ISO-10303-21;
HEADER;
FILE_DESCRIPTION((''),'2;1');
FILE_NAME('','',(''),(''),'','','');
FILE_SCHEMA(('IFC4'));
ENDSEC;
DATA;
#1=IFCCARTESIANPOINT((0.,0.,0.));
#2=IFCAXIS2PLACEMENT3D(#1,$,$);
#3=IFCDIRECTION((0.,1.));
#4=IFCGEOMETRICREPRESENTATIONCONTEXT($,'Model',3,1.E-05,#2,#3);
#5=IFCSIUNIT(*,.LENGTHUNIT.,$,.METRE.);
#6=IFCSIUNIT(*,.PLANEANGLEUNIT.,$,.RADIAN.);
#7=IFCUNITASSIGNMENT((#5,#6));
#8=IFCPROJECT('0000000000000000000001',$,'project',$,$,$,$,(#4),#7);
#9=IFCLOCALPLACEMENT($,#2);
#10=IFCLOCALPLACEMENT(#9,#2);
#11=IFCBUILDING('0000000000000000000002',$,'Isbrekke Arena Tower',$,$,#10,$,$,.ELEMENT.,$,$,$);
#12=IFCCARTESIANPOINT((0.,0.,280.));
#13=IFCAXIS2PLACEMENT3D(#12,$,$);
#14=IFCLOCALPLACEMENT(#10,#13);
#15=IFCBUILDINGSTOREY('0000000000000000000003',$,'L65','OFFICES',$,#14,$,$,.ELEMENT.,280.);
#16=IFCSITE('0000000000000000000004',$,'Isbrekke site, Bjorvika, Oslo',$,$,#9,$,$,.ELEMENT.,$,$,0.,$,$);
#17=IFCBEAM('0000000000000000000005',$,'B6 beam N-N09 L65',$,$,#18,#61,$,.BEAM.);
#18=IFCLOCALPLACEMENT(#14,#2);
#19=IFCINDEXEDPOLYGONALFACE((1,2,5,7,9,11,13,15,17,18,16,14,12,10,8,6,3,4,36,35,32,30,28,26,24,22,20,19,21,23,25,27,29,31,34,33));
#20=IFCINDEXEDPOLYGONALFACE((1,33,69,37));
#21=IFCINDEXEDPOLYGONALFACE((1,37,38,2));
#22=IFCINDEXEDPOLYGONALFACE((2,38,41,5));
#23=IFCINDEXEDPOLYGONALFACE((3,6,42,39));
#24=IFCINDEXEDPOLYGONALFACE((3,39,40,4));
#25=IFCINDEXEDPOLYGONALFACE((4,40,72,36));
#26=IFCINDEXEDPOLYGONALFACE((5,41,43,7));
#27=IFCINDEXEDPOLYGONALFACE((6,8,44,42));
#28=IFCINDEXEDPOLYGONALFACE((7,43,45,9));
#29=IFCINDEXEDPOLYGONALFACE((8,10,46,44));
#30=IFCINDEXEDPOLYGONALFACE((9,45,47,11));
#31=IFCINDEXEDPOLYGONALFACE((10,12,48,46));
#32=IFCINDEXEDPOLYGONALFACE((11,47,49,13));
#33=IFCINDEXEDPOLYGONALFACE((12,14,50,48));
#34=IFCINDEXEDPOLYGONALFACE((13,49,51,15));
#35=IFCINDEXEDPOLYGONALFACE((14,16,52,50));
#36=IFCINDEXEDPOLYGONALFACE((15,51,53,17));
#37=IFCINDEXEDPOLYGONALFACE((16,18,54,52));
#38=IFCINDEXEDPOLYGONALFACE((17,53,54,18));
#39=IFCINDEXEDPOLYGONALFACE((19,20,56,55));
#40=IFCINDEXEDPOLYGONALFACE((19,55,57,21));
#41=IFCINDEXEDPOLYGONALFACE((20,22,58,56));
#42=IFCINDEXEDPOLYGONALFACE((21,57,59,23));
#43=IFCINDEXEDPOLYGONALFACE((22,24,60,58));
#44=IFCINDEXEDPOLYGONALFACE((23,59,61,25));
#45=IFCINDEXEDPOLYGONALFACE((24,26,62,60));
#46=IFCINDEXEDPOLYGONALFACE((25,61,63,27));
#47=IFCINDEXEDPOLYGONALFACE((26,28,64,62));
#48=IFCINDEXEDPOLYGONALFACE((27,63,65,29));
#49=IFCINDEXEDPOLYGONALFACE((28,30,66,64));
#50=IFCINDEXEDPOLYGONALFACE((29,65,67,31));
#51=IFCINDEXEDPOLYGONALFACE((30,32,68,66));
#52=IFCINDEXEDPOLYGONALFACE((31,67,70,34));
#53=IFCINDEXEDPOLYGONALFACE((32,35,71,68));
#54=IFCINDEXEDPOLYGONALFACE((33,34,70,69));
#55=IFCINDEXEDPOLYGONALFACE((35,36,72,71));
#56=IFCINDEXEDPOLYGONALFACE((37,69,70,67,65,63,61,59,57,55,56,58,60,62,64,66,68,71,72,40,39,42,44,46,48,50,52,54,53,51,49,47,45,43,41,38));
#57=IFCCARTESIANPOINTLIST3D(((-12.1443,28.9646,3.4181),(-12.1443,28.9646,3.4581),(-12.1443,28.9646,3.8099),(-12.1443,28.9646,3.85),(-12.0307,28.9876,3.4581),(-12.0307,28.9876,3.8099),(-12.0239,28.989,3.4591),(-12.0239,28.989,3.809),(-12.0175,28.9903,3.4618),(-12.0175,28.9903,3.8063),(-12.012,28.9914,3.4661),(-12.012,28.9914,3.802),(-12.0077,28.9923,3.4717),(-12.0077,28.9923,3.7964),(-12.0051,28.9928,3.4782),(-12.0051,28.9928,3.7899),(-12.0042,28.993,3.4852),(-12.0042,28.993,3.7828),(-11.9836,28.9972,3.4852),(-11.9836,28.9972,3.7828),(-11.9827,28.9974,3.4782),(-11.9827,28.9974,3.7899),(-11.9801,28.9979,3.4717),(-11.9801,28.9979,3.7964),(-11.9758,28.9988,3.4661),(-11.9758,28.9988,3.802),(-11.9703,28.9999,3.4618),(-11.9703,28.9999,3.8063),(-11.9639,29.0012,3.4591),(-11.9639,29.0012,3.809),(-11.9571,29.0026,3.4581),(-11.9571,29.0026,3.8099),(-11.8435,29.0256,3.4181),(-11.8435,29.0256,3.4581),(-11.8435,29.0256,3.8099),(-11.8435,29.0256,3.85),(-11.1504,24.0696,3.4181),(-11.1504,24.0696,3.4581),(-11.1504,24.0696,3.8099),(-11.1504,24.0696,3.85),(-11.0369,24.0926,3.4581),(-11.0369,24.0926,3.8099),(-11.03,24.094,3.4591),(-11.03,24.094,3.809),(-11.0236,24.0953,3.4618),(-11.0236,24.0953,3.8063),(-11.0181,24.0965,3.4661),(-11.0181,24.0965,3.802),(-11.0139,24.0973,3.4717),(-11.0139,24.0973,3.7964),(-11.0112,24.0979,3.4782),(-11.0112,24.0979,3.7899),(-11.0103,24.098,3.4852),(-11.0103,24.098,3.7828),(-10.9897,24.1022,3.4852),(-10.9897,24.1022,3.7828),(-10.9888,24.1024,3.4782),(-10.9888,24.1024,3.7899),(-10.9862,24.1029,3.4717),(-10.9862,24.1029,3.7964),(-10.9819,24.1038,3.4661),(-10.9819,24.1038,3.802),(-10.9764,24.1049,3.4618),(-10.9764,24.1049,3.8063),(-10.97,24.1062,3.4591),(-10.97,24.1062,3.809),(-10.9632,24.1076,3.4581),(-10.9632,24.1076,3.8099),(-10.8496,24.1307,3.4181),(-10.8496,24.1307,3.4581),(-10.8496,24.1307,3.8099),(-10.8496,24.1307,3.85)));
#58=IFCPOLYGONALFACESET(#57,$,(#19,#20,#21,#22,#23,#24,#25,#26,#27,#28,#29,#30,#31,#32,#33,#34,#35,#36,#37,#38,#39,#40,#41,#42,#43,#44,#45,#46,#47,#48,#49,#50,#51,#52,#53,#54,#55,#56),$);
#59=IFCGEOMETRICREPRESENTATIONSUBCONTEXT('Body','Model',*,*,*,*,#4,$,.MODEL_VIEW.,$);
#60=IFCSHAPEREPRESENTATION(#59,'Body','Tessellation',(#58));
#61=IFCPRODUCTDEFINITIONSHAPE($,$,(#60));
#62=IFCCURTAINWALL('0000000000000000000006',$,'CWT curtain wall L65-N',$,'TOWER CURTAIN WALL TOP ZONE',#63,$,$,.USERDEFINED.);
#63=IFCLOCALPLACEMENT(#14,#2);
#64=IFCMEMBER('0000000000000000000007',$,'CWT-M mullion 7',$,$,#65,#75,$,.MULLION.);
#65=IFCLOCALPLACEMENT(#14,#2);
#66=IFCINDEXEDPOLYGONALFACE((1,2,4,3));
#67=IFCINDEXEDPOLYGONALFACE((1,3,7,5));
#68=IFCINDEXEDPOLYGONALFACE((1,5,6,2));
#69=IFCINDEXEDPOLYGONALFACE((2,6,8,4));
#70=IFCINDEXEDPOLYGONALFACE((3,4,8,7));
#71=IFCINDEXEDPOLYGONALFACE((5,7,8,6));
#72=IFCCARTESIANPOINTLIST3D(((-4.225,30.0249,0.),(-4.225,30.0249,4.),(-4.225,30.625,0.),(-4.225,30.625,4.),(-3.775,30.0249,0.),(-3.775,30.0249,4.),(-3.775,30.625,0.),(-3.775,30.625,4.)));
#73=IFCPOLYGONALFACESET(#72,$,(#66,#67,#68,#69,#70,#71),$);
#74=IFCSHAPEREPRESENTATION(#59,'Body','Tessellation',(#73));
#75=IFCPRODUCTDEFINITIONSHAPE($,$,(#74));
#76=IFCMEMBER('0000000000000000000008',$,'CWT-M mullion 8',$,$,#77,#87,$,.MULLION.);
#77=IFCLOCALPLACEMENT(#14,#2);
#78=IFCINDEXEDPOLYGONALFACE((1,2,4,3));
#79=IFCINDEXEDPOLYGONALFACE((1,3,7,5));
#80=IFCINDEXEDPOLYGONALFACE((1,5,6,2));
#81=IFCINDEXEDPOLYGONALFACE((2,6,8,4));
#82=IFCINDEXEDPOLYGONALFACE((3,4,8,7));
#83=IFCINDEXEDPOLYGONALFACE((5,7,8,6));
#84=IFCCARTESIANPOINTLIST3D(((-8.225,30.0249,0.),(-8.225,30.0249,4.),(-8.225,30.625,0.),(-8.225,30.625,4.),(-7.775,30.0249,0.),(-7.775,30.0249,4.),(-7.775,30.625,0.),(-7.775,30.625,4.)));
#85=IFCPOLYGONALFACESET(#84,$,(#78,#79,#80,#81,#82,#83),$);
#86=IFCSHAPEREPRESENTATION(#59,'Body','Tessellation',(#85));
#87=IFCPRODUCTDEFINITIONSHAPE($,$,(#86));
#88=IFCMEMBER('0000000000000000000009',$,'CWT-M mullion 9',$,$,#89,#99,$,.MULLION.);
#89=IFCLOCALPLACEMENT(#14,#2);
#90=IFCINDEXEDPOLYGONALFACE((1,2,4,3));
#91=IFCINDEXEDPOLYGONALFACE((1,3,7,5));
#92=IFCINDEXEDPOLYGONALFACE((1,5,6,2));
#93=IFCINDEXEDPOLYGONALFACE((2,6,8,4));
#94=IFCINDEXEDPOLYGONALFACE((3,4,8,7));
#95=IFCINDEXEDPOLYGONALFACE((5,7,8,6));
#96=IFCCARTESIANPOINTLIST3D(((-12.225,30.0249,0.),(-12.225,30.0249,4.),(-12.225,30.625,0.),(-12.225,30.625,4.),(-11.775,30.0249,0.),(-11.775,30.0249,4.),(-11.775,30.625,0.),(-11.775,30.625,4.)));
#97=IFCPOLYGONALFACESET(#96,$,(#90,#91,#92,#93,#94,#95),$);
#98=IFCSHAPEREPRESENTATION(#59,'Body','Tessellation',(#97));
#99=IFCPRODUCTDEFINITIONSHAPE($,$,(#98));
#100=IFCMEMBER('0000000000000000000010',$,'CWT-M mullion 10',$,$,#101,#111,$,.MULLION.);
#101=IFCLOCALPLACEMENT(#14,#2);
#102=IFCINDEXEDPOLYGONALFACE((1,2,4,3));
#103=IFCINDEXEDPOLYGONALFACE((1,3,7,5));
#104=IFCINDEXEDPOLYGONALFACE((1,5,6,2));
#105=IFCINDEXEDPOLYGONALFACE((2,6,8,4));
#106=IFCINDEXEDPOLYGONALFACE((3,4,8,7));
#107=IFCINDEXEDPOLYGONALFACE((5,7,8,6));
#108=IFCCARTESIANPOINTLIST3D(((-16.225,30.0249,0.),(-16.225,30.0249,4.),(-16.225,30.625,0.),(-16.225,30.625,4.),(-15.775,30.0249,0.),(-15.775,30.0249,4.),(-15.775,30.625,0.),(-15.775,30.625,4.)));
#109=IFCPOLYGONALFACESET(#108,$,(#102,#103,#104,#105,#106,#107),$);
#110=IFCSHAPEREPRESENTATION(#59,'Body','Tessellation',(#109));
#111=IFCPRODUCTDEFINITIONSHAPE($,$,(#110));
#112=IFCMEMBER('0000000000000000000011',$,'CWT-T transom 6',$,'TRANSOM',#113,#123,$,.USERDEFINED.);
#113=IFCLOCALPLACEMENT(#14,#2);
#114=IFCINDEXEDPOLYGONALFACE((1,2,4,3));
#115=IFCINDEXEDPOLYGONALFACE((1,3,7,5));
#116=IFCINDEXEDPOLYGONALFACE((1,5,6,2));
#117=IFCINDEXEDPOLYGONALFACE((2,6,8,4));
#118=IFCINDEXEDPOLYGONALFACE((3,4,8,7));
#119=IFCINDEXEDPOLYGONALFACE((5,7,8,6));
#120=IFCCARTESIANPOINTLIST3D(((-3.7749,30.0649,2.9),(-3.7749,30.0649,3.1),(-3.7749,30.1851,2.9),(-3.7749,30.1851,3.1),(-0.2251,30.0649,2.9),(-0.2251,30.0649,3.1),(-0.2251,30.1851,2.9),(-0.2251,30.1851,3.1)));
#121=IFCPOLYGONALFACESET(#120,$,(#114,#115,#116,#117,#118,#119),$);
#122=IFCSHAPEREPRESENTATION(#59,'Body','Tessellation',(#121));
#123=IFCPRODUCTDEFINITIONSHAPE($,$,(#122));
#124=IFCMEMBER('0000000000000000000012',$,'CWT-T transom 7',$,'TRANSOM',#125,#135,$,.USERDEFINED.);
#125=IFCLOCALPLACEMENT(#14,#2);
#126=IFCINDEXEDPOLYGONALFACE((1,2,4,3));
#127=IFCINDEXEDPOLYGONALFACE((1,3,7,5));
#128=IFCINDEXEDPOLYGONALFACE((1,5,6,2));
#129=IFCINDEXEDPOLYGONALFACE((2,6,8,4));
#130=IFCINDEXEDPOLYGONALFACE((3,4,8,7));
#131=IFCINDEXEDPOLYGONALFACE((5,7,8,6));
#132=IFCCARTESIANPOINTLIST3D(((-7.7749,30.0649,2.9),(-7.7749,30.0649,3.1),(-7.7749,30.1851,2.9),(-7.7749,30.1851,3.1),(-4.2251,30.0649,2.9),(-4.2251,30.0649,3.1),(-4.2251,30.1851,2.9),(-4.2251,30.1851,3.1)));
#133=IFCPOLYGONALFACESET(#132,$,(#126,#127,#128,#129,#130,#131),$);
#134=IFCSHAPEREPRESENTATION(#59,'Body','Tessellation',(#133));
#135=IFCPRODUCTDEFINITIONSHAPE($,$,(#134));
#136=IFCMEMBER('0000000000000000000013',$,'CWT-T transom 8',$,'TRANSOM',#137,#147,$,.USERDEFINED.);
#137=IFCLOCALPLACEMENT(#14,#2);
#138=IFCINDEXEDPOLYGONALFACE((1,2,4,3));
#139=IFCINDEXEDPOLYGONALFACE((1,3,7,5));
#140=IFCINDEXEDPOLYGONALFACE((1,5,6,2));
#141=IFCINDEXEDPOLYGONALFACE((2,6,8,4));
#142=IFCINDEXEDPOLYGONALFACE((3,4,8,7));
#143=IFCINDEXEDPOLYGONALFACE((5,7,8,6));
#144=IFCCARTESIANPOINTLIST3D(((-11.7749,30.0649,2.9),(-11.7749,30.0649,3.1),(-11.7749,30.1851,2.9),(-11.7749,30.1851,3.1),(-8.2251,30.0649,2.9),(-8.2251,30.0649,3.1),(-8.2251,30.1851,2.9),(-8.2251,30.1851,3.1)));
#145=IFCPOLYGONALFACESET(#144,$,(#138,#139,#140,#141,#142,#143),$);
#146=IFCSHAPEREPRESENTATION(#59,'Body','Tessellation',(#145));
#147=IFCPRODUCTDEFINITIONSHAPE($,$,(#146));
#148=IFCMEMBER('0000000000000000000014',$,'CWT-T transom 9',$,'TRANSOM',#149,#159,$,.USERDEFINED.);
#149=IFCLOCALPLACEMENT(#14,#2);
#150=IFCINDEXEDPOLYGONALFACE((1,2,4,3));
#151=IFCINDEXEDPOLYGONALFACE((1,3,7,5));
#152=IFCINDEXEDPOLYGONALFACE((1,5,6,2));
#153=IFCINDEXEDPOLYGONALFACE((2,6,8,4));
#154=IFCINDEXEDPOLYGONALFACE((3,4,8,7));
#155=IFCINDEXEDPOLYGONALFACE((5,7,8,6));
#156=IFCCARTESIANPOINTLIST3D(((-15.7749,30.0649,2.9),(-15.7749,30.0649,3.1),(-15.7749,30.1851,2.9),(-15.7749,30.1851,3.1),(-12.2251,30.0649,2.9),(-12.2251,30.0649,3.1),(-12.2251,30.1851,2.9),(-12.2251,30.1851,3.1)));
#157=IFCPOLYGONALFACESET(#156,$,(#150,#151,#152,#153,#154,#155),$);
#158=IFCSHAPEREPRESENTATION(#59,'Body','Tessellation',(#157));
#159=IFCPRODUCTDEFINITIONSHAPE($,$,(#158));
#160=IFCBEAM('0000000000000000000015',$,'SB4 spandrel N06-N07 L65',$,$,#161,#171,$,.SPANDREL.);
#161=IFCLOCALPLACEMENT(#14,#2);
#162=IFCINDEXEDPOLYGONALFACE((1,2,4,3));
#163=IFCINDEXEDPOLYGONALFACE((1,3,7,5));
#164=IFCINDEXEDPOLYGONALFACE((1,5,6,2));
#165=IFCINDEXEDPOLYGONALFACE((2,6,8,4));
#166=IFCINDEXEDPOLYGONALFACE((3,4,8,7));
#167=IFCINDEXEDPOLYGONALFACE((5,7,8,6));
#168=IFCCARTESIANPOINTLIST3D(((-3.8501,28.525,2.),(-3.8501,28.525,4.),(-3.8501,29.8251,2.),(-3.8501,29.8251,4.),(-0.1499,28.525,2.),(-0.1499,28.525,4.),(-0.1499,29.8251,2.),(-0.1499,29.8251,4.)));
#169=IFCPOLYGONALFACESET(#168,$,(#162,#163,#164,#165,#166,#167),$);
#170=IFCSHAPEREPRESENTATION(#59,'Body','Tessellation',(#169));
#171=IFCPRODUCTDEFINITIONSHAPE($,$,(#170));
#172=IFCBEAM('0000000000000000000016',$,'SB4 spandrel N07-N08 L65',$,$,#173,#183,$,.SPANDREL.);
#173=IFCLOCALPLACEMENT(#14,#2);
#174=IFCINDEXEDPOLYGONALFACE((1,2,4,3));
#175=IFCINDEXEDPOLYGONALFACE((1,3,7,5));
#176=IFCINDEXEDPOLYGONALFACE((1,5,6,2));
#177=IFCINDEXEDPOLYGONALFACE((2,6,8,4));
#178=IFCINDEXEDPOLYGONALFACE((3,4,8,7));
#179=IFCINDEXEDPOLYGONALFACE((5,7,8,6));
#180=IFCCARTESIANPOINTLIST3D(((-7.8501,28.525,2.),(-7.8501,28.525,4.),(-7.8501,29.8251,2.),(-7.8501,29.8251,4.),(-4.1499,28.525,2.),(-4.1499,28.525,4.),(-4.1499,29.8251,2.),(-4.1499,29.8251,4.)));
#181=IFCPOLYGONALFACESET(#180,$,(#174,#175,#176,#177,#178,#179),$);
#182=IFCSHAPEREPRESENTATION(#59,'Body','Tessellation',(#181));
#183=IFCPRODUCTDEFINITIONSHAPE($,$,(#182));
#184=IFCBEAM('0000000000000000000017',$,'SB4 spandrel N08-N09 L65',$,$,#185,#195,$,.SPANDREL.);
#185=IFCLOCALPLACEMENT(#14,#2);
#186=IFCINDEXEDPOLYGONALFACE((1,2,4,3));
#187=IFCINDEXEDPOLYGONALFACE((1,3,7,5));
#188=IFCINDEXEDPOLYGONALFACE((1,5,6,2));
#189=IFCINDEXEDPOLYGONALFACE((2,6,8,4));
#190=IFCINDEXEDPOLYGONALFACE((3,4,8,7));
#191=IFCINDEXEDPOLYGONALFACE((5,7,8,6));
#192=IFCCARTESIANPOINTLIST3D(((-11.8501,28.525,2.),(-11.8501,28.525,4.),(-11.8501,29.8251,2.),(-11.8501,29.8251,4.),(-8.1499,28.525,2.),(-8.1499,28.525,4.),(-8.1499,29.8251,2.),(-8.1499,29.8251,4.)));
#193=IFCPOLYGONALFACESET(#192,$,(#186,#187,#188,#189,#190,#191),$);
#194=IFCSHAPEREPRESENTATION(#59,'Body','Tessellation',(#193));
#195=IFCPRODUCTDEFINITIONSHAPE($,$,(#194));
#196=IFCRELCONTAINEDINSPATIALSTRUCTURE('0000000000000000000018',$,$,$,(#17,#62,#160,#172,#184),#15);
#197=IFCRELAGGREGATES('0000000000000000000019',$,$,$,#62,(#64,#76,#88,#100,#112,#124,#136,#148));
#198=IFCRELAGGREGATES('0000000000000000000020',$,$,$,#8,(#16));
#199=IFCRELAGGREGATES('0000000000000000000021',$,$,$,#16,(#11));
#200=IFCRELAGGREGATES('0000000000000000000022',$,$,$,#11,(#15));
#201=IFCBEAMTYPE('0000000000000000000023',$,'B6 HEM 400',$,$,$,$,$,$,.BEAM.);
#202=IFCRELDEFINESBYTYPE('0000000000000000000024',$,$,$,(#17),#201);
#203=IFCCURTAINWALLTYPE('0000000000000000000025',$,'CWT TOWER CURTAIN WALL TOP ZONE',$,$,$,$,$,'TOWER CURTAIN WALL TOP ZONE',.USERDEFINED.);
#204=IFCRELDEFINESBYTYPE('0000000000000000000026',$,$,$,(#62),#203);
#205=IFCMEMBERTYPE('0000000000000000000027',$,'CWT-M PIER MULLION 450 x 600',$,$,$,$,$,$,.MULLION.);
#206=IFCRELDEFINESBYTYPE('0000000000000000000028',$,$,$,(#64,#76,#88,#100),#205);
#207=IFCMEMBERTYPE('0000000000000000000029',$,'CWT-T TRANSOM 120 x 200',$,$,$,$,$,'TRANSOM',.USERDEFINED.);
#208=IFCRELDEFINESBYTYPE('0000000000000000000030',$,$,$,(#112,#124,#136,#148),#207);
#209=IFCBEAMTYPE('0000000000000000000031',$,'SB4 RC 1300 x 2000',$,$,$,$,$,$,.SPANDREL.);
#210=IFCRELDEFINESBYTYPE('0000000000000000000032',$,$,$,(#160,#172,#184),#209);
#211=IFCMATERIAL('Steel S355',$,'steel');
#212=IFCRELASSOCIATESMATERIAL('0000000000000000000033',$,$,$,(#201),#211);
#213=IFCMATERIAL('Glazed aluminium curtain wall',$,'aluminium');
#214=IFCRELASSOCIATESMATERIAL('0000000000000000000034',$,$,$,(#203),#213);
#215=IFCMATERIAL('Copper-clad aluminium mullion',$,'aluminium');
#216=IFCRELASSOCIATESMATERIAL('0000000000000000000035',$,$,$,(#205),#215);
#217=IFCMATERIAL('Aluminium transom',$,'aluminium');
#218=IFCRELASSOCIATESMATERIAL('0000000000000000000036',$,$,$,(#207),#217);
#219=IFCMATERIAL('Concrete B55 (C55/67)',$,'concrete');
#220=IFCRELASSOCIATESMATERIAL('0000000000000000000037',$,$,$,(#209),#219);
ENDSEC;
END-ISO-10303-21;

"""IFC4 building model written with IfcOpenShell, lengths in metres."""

from ifc_helpers import new_model, si_unit, direction, frame, origin, origin_2d, place, context, subcontext, project, spatial, rectangle, i_section, extrude, material, material_profile, profile_set, type_object, element, aggregate, save


model = new_model("IFC4")

# Units and contexts
model_context = context("Model", 3, precision=1e-05, world=origin(), true_north=direction((0.0, 1.0)))
body_context = subcontext(model_context, "Body", "Model", "MODEL_VIEW")
ifc_project = project(units=[si_unit("LENGTHUNIT", "METRE"), si_unit("PLANEANGLEUNIT", "RADIAN")], contexts=[model_context])

# Site, building, storey
site_placement = place(None, origin())
site = spatial("IfcSite", under=ifc_project, at=site_placement, Name="Isbrekke site, Bjorvika, Oslo", CompositionType="ELEMENT", RefElevation=0.0)
building_placement = place(site_placement, origin())
building = spatial("IfcBuilding", under=site, at=building_placement, Name="Isbrekke Arena Tower", CompositionType="ELEMENT")
storey_placement = place(building_placement, frame((0.0, 0.0, 280.0)))
storey = spatial("IfcBuildingStorey", under=building, at=storey_placement, Name="L65", Description="OFFICES", CompositionType="ELEMENT", Elevation=280.0)

# Beam
ifc_material_1 = material(Name="Steel S355", Category="steel")
ifc_material_profile_1 = material_profile(ifc_material_1, i_section(OverallWidth=0.3069, OverallDepth=0.4319, WebThickness=0.021, FlangeThickness=0.04, FilletRadius=0.0271, at=origin_2d()), Name="HEM 400")
ifc_profile_set_1 = profile_set([ifc_material_profile_1], Name="Steel S355")
beam_type_1 = type_object("IfcBeamType", Name="B6 HEM 400", PredefinedType="BEAM", material=ifc_profile_set_1)
beam_1_placement = place(storey_placement, frame((-11.9939, 28.9951, 3.634), z_axis=(0.198982, -0.980003, 0.0), x_axis=(0.980003, 0.198982, 0.0)))
element("IfcBeam", 1, at=beam_1_placement, inside=storey, type_object=beam_type_1, Name="B6 beam N-N09 L65", PredefinedType="BEAM", context=body_context, shape_type="SweptSolid", body=[
    extrude(i_section(OverallWidth=0.3069, OverallDepth=0.4319, WebThickness=0.021, FlangeThickness=0.04, FilletRadius=0.0271, at=origin_2d()), origin(), (0.0, 0.0, 1.0), 4.9949),
])

# Curtain wall, members
ifc_material_2 = material(Name="Glazed aluminium curtain wall", Category="aluminium")
curtain_wall_type = type_object("IfcCurtainWallType", Name="CWT TOWER CURTAIN WALL TOP ZONE", ElementType="TOWER CURTAIN WALL TOP ZONE", PredefinedType="USERDEFINED", material=ifc_material_2)
curtain_wall_placement = place(storey_placement, origin())
curtain_wall = element("IfcCurtainWall", 2, at=curtain_wall_placement, inside=storey, type_object=curtain_wall_type, Name="CWT curtain wall L65-N", ObjectType="TOWER CURTAIN WALL TOP ZONE", PredefinedType="USERDEFINED")
ifc_material_3 = material(Name="Copper-clad aluminium mullion", Category="aluminium")
ifc_material_profile_2 = material_profile(ifc_material_3, rectangle(XDim=0.45, YDim=0.6001, at=origin_2d()), Name="PIER 450X600")
ifc_profile_set_2 = profile_set([ifc_material_profile_2], Name="Copper-clad aluminium mullion")
member_type_1 = type_object("IfcMemberType", Name="CWT-M PIER MULLION 450 x 600", PredefinedType="MULLION", material=ifc_profile_set_2)
member_1_placement = place(storey_placement, frame((-4.0, 30.325, 0.0), z_axis=(0.0, 0.0, 1.0), x_axis=(-1.0, 0.0, 0.0)))
member_1 = element("IfcMember", 3, at=member_1_placement, type_object=member_type_1, Name="CWT-M mullion 7", PredefinedType="MULLION", context=body_context, shape_type="SweptSolid", body=[
    extrude(rectangle(XDim=0.45, YDim=0.6001, at=origin_2d()), origin(), (0.0, 0.0, 1.0), 4.0),
])
member_2_placement = place(storey_placement, frame((-8.0, 30.325, 0.0), z_axis=(0.0, 0.0, 1.0), x_axis=(-1.0, 0.0, 0.0)))
member_2 = element("IfcMember", 4, at=member_2_placement, type_object=member_type_1, Name="CWT-M mullion 8", PredefinedType="MULLION", context=body_context, shape_type="SweptSolid", body=[
    extrude(rectangle(XDim=0.45, YDim=0.6001, at=origin_2d()), origin(), (0.0, 0.0, 1.0), 4.0),
])
member_3_placement = place(storey_placement, frame((-12.0, 30.325, 0.0), z_axis=(0.0, 0.0, 1.0), x_axis=(-1.0, 0.0, 0.0)))
member_3 = element("IfcMember", 5, at=member_3_placement, type_object=member_type_1, Name="CWT-M mullion 9", PredefinedType="MULLION", context=body_context, shape_type="SweptSolid", body=[
    extrude(rectangle(XDim=0.45, YDim=0.6001, at=origin_2d()), origin(), (0.0, 0.0, 1.0), 4.0),
])
member_4_placement = place(storey_placement, frame((-16.0, 30.325, 0.0), z_axis=(0.0, 0.0, 1.0), x_axis=(-1.0, 0.0, 0.0)))
member_4 = element("IfcMember", 6, at=member_4_placement, type_object=member_type_1, Name="CWT-M mullion 10", PredefinedType="MULLION", context=body_context, shape_type="SweptSolid", body=[
    extrude(rectangle(XDim=0.45, YDim=0.6001, at=origin_2d()), origin(), (0.0, 0.0, 1.0), 4.0),
])
ifc_material_4 = material(Name="Aluminium transom", Category="aluminium")
ifc_material_profile_3 = material_profile(ifc_material_4, rectangle(XDim=0.1201, YDim=0.2, at=origin_2d()), Name="TRANSOM 120X200")
ifc_profile_set_3 = profile_set([ifc_material_profile_3], Name="Aluminium transom")
member_type_2 = type_object("IfcMemberType", Name="CWT-T TRANSOM 120 x 200", ElementType="TRANSOM", PredefinedType="USERDEFINED", material=ifc_profile_set_3)
member_5_placement = place(storey_placement, frame((-0.2251, 30.125, 3.0), z_axis=(-1.0, 0.0, 0.0), x_axis=(0.0, -1.0, 0.0)))
member_5 = element("IfcMember", 7, at=member_5_placement, type_object=member_type_2, Name="CWT-T transom 6", ObjectType="TRANSOM", PredefinedType="USERDEFINED", context=body_context, shape_type="SweptSolid", body=[
    extrude(rectangle(XDim=0.1201, YDim=0.2, at=origin_2d()), origin(), (0.0, 0.0, 1.0), 3.5498),
])
member_6_placement = place(storey_placement, frame((-4.2251, 30.125, 3.0), z_axis=(-1.0, 0.0, 0.0), x_axis=(0.0, -1.0, 0.0)))
member_6 = element("IfcMember", 8, at=member_6_placement, type_object=member_type_2, Name="CWT-T transom 7", ObjectType="TRANSOM", PredefinedType="USERDEFINED", context=body_context, shape_type="SweptSolid", body=[
    extrude(rectangle(XDim=0.1201, YDim=0.2, at=origin_2d()), origin(), (0.0, 0.0, 1.0), 3.5498),
])
member_7_placement = place(storey_placement, frame((-8.2251, 30.125, 3.0), z_axis=(-1.0, 0.0, 0.0), x_axis=(0.0, -1.0, 0.0)))
member_7 = element("IfcMember", 9, at=member_7_placement, type_object=member_type_2, Name="CWT-T transom 8", ObjectType="TRANSOM", PredefinedType="USERDEFINED", context=body_context, shape_type="SweptSolid", body=[
    extrude(rectangle(XDim=0.1201, YDim=0.2, at=origin_2d()), origin(), (0.0, 0.0, 1.0), 3.5498),
])
member_8_placement = place(storey_placement, frame((-12.2251, 30.125, 3.0), z_axis=(-1.0, 0.0, 0.0), x_axis=(0.0, -1.0, 0.0)))
member_8 = element("IfcMember", 10, at=member_8_placement, type_object=member_type_2, Name="CWT-T transom 9", ObjectType="TRANSOM", PredefinedType="USERDEFINED", context=body_context, shape_type="SweptSolid", body=[
    extrude(rectangle(XDim=0.1201, YDim=0.2, at=origin_2d()), origin(), (0.0, 0.0, 1.0), 3.5498),
])

# Beams
ifc_material_5 = material(Name="Concrete B55 (C55/67)", Category="concrete")
ifc_material_profile_4 = material_profile(ifc_material_5, rectangle(XDim=1.3, YDim=2.0, at=origin_2d()), Name="RC 1300x2000")
ifc_profile_set_4 = profile_set([ifc_material_profile_4], Name="Concrete B55 (C55/67)")
beam_type_2 = type_object("IfcBeamType", Name="SB4 RC 1300 x 2000", PredefinedType="SPANDREL", material=ifc_profile_set_4)
for number, where, z_axis, x_axis, name in (
    (11, (-0.1499, 29.175, 3.0), (-1.0, 0.0, 0.0), (0.0, -1.0, 0.0), "SB4 spandrel N06-N07 L65"),
    (12, (-4.1499, 29.175, 3.0), (-1.0, 0.0, 0.0), (0.0, -1.0, 0.0), "SB4 spandrel N07-N08 L65"),
    (13, (-8.1499, 29.175, 3.0), (-1.0, 0.0, 0.0), (0.0, -1.0, 0.0), "SB4 spandrel N08-N09 L65"),
):
    element("IfcBeam", number, at=place(storey_placement, frame(where, z_axis=z_axis, x_axis=x_axis)), inside=storey, type_object=beam_type_2, Name=name, PredefinedType="SPANDREL", context=body_context, shape_type="SweptSolid", body=[
        extrude(rectangle(XDim=1.3, YDim=2.0, at=origin_2d()), origin(), (0.0, 0.0, 1.0), 3.7002),
    ])

aggregate(curtain_wall, [member_1, member_2, member_3, member_4, member_5, member_6, member_7, member_8])

save(model, "model.ifc")
